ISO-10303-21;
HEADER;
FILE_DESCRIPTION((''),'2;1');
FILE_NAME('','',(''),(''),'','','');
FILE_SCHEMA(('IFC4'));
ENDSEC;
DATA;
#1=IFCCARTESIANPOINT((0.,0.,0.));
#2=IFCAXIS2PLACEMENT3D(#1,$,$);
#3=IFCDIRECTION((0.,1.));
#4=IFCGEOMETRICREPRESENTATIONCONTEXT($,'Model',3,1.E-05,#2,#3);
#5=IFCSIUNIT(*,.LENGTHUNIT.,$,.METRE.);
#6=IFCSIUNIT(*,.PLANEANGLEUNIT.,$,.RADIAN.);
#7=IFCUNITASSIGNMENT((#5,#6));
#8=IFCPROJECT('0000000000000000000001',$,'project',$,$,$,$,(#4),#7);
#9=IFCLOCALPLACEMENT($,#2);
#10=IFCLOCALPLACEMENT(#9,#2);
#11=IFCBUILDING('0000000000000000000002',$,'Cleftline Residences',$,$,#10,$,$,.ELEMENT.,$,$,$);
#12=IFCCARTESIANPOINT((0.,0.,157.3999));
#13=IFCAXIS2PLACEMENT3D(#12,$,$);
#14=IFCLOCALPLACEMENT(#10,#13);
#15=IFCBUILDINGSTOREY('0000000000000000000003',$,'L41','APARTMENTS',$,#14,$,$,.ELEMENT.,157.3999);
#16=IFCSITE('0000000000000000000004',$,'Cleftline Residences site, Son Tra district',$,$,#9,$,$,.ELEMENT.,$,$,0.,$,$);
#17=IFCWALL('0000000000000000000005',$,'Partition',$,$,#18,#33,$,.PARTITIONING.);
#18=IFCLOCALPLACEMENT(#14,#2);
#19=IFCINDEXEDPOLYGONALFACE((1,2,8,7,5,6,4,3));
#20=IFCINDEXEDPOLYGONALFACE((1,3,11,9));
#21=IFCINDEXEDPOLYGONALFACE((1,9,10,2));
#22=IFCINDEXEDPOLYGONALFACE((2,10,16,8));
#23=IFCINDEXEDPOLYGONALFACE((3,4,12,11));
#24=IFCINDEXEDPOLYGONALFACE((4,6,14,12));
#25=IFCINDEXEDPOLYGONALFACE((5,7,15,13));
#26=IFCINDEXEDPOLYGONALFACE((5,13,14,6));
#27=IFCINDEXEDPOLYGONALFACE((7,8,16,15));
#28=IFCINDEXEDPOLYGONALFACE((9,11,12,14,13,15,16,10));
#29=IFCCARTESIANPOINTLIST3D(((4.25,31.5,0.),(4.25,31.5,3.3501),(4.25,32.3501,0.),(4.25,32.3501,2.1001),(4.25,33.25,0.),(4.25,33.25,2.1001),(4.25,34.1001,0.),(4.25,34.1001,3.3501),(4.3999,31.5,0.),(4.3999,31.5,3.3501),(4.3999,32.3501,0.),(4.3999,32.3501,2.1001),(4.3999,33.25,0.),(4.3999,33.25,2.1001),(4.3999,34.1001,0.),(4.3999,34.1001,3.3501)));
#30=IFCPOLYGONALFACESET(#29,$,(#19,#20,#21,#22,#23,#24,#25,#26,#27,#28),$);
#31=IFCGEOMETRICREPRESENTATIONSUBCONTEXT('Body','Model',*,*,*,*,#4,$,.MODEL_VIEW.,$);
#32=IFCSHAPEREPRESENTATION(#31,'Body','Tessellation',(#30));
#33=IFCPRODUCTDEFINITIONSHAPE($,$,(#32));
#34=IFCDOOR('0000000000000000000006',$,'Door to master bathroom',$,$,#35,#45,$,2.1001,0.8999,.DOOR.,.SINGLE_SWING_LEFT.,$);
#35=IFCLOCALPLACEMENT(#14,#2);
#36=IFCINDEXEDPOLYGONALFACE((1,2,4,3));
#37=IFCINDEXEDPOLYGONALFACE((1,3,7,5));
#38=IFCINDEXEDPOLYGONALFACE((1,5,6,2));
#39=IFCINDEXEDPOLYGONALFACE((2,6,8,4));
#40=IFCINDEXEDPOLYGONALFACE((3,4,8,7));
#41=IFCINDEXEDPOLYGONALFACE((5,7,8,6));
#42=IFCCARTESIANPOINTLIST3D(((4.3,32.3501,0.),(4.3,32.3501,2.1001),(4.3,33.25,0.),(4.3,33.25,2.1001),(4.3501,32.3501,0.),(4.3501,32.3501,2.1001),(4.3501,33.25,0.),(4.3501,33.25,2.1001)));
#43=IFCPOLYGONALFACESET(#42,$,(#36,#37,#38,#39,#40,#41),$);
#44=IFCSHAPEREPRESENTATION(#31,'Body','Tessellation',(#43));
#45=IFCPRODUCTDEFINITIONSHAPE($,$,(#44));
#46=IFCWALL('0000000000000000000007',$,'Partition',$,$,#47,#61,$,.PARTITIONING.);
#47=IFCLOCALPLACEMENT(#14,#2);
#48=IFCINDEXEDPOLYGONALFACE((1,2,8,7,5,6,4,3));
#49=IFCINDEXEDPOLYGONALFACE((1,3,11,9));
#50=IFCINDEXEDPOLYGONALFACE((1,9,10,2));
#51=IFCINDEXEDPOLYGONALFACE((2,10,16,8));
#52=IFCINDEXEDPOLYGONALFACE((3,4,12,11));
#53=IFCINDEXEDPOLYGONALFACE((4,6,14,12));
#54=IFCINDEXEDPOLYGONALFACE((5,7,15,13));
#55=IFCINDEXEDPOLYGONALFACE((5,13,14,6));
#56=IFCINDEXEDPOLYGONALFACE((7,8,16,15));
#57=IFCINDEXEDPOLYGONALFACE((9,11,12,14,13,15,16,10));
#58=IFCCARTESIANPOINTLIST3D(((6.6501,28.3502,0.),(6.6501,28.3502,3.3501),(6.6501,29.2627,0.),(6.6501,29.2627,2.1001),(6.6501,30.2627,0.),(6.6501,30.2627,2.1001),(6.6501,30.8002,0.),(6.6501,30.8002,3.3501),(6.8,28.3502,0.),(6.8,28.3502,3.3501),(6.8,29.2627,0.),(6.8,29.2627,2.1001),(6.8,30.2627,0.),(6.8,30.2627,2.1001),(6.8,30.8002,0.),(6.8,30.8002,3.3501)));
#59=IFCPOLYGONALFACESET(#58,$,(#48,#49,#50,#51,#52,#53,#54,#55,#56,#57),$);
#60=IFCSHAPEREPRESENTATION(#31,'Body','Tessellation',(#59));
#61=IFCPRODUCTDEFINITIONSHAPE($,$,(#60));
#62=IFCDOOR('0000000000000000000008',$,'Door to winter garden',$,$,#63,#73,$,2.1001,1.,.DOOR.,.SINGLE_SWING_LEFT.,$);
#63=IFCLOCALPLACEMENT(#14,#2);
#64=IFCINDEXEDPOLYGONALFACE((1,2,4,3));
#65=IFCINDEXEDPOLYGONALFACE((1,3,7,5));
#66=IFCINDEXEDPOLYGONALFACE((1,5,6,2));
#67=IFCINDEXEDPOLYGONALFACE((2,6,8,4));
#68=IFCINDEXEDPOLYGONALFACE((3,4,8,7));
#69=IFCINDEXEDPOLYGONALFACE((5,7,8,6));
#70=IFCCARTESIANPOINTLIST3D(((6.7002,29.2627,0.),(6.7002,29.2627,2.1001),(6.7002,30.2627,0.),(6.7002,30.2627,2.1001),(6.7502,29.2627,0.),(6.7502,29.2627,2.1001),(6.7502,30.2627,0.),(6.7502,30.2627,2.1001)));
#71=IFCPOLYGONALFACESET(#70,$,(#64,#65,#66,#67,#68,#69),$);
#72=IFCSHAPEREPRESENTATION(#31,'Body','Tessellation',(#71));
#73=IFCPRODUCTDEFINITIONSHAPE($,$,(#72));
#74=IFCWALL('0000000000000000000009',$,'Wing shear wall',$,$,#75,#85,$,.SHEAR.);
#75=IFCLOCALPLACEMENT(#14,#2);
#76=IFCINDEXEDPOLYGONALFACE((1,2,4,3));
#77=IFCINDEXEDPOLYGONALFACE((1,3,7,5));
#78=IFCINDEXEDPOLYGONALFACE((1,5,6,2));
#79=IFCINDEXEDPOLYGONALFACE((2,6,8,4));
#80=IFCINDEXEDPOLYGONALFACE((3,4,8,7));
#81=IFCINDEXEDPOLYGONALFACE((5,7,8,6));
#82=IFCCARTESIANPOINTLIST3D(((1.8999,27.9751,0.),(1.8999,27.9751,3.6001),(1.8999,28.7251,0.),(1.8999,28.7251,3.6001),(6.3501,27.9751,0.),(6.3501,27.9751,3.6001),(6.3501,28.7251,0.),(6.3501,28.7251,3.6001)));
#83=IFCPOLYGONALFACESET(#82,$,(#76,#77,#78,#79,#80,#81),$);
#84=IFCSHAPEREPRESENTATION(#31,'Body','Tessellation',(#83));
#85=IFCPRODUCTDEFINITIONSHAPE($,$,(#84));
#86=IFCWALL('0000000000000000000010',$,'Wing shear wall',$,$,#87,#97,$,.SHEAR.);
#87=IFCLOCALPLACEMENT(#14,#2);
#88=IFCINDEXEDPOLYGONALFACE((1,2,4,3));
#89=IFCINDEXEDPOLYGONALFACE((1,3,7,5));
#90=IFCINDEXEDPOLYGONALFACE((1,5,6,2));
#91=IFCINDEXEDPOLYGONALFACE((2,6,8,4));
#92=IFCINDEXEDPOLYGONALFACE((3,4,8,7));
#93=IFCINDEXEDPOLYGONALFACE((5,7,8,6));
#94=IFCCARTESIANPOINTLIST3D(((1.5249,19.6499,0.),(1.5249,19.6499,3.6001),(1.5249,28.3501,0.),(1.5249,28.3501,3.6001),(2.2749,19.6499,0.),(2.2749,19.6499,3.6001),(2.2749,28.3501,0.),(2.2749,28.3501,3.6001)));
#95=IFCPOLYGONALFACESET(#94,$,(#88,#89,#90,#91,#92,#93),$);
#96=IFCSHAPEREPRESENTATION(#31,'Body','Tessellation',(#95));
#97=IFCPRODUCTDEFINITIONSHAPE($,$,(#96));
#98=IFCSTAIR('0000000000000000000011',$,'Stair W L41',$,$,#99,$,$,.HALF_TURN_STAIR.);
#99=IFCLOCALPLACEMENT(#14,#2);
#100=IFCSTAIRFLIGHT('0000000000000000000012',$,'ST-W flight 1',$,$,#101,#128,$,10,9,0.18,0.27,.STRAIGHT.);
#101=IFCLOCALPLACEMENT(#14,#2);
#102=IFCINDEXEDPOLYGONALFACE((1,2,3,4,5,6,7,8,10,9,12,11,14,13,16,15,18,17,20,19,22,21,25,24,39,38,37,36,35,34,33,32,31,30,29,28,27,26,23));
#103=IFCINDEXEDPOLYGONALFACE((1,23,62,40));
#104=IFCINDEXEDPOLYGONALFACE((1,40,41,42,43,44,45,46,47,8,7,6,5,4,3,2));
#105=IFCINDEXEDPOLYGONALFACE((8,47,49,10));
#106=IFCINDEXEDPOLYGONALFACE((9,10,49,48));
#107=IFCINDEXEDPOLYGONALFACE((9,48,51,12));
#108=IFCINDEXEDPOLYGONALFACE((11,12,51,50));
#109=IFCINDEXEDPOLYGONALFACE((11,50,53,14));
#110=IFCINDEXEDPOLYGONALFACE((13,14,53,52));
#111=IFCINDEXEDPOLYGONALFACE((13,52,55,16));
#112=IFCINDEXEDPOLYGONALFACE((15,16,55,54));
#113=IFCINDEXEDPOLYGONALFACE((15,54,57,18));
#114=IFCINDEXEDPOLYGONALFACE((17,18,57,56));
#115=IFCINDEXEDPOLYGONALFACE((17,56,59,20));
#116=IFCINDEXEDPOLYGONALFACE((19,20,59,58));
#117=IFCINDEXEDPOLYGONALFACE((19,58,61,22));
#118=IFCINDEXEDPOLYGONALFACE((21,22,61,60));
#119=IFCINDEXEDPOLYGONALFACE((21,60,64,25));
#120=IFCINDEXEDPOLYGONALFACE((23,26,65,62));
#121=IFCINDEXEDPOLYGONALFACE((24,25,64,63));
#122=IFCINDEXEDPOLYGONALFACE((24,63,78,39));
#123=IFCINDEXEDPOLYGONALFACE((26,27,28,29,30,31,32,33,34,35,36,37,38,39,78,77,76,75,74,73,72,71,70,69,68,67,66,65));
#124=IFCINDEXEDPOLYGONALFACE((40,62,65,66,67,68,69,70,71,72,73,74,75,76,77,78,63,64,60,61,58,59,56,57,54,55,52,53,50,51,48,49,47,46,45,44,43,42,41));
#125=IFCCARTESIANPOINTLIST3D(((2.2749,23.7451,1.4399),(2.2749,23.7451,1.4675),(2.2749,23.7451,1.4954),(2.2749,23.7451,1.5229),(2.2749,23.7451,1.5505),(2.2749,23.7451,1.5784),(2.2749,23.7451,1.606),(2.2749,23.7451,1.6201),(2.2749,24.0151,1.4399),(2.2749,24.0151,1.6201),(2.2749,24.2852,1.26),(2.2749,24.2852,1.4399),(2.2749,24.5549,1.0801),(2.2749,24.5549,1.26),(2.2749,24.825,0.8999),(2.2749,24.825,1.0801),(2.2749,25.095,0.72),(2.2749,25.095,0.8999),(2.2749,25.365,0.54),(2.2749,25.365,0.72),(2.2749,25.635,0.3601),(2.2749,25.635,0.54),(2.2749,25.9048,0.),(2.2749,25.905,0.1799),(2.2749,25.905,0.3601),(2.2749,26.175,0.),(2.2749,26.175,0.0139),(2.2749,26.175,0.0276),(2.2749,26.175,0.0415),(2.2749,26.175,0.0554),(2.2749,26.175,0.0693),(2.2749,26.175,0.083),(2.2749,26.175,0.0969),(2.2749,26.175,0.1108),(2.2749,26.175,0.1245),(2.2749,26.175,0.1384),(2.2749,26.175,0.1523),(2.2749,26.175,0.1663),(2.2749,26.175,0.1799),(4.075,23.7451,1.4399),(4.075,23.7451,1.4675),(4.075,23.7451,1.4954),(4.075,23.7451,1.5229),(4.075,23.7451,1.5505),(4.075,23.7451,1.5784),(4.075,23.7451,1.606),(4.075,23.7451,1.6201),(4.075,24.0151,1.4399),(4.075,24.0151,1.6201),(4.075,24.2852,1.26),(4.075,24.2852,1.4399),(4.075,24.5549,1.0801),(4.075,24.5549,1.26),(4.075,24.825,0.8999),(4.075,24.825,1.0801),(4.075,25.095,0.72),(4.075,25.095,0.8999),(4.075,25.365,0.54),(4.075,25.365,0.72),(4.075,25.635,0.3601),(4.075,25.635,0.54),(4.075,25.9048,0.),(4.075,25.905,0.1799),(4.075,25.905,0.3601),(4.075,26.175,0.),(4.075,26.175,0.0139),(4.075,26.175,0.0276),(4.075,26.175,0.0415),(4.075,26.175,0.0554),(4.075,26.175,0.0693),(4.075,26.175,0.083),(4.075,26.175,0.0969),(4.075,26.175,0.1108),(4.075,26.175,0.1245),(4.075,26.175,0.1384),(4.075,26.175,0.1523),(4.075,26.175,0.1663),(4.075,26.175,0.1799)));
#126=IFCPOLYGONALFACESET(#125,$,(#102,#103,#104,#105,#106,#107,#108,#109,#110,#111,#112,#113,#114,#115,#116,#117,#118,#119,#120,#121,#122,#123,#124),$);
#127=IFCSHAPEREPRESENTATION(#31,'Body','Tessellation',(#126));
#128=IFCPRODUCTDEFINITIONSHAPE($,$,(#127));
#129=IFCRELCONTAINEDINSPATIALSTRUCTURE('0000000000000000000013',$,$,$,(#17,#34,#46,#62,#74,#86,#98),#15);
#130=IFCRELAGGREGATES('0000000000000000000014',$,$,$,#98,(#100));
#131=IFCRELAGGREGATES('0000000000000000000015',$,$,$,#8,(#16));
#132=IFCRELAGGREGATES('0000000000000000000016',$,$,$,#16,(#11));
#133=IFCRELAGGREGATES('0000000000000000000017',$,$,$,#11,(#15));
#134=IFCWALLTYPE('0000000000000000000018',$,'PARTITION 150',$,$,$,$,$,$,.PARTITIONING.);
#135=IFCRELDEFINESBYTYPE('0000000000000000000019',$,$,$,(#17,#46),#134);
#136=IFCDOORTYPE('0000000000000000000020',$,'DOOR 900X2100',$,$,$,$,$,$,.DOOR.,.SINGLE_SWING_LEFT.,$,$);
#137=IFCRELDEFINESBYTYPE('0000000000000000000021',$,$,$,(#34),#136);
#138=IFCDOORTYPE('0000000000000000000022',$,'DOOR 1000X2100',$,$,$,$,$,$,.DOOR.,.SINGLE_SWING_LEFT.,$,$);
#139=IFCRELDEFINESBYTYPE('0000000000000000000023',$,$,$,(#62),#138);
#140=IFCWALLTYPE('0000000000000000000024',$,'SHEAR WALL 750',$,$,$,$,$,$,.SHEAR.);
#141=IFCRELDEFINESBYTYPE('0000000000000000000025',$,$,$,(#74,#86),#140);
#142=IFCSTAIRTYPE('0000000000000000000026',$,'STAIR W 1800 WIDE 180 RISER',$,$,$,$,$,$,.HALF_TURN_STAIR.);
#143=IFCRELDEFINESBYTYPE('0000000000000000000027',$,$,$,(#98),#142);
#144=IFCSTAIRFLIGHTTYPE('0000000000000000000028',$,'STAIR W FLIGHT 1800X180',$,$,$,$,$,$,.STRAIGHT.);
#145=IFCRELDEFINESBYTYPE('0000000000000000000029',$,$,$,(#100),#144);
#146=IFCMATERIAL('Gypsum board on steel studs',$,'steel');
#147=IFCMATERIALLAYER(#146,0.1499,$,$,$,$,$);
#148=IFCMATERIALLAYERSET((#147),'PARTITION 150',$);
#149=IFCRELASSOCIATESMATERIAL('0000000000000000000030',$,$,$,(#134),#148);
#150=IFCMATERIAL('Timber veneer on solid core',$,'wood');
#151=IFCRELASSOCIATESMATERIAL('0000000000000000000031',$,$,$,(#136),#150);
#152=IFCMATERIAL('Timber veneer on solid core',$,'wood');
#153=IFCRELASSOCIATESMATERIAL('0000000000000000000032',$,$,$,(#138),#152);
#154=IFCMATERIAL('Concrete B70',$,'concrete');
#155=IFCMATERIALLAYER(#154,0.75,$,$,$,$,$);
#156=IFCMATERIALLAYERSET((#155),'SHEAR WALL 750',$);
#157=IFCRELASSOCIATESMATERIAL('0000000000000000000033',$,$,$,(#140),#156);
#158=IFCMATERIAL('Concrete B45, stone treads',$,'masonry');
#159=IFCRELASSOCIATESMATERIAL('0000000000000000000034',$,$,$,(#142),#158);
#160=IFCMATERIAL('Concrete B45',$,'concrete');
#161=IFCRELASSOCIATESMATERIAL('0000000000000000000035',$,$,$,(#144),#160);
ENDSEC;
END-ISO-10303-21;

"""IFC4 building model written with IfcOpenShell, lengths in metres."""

from ifc_helpers import new_model, si_unit, direction, frame, frame_2d, origin, place, context, subcontext, project, spatial, polyline, rectangle, outline, extrude, material, layer, layer_set, type_object, element, fill, aggregate, save


model = new_model("IFC4")

# Units and contexts
model_context = context("Model", 3, precision=1e-05, world=origin(), true_north=direction((0.0, 1.0)))
body_context = subcontext(model_context, "Body", "Model", "MODEL_VIEW")
ifc_project = project(units=[si_unit("LENGTHUNIT", "METRE"), si_unit("PLANEANGLEUNIT", "RADIAN")], contexts=[model_context])

# Site, building, storey
site_placement = place(None, origin())
site = spatial("IfcSite", under=ifc_project, at=site_placement, Name="Cleftline Residences site, Son Tra district", CompositionType="ELEMENT", RefElevation=0.0)
building_placement = place(site_placement, origin())
building = spatial("IfcBuilding", under=site, at=building_placement, Name="Cleftline Residences", CompositionType="ELEMENT")
storey_placement = place(building_placement, frame((0.0, 0.0, 157.3999)))
storey = spatial("IfcBuildingStorey", under=building, at=storey_placement, Name="L41", Description="APARTMENTS", CompositionType="ELEMENT", Elevation=157.3999)

# Shared definitions
ifc_material_1 = material(Name="Gypsum board on steel studs", Category="steel")
ifc_layer_1 = layer(ifc_material_1, 0.1499)
ifc_layer_set_1 = layer_set([ifc_layer_1], Name="PARTITION 150")
wall_type_1 = type_object("IfcWallType", Name="PARTITION 150", PredefinedType="PARTITIONING", material=ifc_layer_set_1)

# Walls, openings, doors
wall_1_placement = place(storey_placement, frame((4.325, 31.5, 0.0), z_axis=(0.0, 0.0, 1.0), x_axis=(0.0, 1.0, 0.0)))
wall_1 = element("IfcWall", 1, at=wall_1_placement, inside=storey, type_object=wall_type_1, Name="Partition", PredefinedType="PARTITIONING", context=body_context, shape_type="SweptSolid", body=[
    extrude(rectangle(XDim=2.6001, YDim=0.1499, at=frame_2d((1.3, 0.0))), origin(), (0.0, 0.0, 1.0), 3.3501),
])
opening_1_placement = place(wall_1_placement, frame((0.8501, 0.0, 0.0)))
opening_1 = element("IfcOpeningElement", 2, at=opening_1_placement, cuts=wall_1, PredefinedType="OPENING", context=body_context, shape_type="SweptSolid", body=[
    extrude(rectangle(XDim=0.8999, YDim=2.1001, at=frame_2d((0.45, 1.05))), frame((0.0, 0.085, 0.0), z_axis=(0.0, -1.0, 0.0), x_axis=(1.0, 0.0, 0.0)), (0.0, 0.0, 1.0), 0.1699),
])
ifc_material_2 = material(Name="Timber veneer on solid core", Category="wood")
door_type_1 = type_object("IfcDoorType", Name="DOOR 900X2100", OperationType="SINGLE_SWING_LEFT", PredefinedType="DOOR", material=ifc_material_2)
door_1_placement = place(opening_1_placement, origin())
door_1 = element("IfcDoor", 3, at=door_1_placement, inside=storey, type_object=door_type_1, Name="Door to master bathroom", OperationType="SINGLE_SWING_LEFT", OverallHeight=2.1001, OverallWidth=0.8999, PredefinedType="DOOR", context=body_context, shape_type="SweptSolid", body=[
    extrude(rectangle(XDim=0.8999, YDim=2.1001, at=frame_2d((0.45, 1.05))), frame((0.0, 0.0249, 0.0), z_axis=(0.0, -1.0, 0.0), x_axis=(1.0, 0.0, 0.0)), (0.0, 0.0, 1.0), 0.05),
])
fill(opening_1, door_1)
wall_2_placement = place(storey_placement, frame((6.7251, 28.3501, 0.0), z_axis=(0.0, 0.0, 1.0), x_axis=(0.0, 1.0, 0.0)))
wall_2 = element("IfcWall", 4, at=wall_2_placement, inside=storey, type_object=wall_type_1, Name="Partition", PredefinedType="PARTITIONING", context=body_context, shape_type="SweptSolid", body=[
    extrude(rectangle(XDim=2.45, YDim=0.1499, at=frame_2d((1.2251, 0.0))), origin(), (0.0, 0.0, 1.0), 3.3501),
])
opening_2_placement = place(wall_2_placement, frame((0.9126, 0.0, 0.0)))
opening_2 = element("IfcOpeningElement", 5, at=opening_2_placement, cuts=wall_2, PredefinedType="OPENING", context=body_context, shape_type="SweptSolid", body=[
    extrude(rectangle(XDim=1.0, YDim=2.1001, at=frame_2d((0.5, 1.05))), frame((0.0, 0.085, 0.0), z_axis=(0.0, -1.0, 0.0), x_axis=(1.0, 0.0, 0.0)), (0.0, 0.0, 1.0), 0.1699),
])
ifc_material_3 = material(Name="Timber veneer on solid core", Category="wood")
door_type_2 = type_object("IfcDoorType", Name="DOOR 1000X2100", OperationType="SINGLE_SWING_LEFT", PredefinedType="DOOR", material=ifc_material_3)
door_2_placement = place(opening_2_placement, origin())
door_2 = element("IfcDoor", 6, at=door_2_placement, inside=storey, type_object=door_type_2, Name="Door to winter garden", OperationType="SINGLE_SWING_LEFT", OverallHeight=2.1001, OverallWidth=1.0, PredefinedType="DOOR", context=body_context, shape_type="SweptSolid", body=[
    extrude(rectangle(XDim=1.0, YDim=2.1001, at=frame_2d((0.5, 1.05))), frame((0.0, 0.0249, 0.0), z_axis=(0.0, -1.0, 0.0), x_axis=(1.0, 0.0, 0.0)), (0.0, 0.0, 1.0), 0.05),
])
fill(opening_2, door_2)

# Walls
ifc_material_4 = material(Name="Concrete B70", Category="concrete")
ifc_layer_2 = layer(ifc_material_4, 0.75)
ifc_layer_set_2 = layer_set([ifc_layer_2], Name="SHEAR WALL 750")
wall_type_2 = type_object("IfcWallType", Name="SHEAR WALL 750", PredefinedType="SHEAR", material=ifc_layer_set_2)
wall_3_placement = place(storey_placement, frame((6.3501, 28.3501, 0.0), z_axis=(0.0, 0.0, 1.0), x_axis=(-1.0, 0.0, 0.0)))
element("IfcWall", 7, at=wall_3_placement, inside=storey, type_object=wall_type_2, Name="Wing shear wall", PredefinedType="SHEAR", context=body_context, shape_type="SweptSolid", body=[
    extrude(rectangle(XDim=4.4502, YDim=0.75, at=frame_2d((2.2251, 0.0))), origin(), (0.0, 0.0, 1.0), 3.6001),
])
wall_4_placement = place(storey_placement, frame((1.8999, 28.3501, 0.0), z_axis=(0.0, 0.0, 1.0), x_axis=(0.0, -1.0, 0.0)))
element("IfcWall", 8, at=wall_4_placement, inside=storey, type_object=wall_type_2, Name="Wing shear wall", PredefinedType="SHEAR", context=body_context, shape_type="SweptSolid", body=[
    extrude(rectangle(XDim=8.7002, YDim=0.75, at=frame_2d((4.3501, 0.0))), origin(), (0.0, 0.0, 1.0), 3.6001),
])

# Stair, stair flight
ifc_material_5 = material(Name="Concrete B45, stone treads", Category="masonry")
stair_type = type_object("IfcStairType", Name="STAIR W 1800 WIDE 180 RISER", PredefinedType="HALF_TURN_STAIR", material=ifc_material_5)
stair_placement = place(storey_placement, origin())
stair = element("IfcStair", 9, at=stair_placement, inside=storey, type_object=stair_type, Name="Stair W L41", PredefinedType="HALF_TURN_STAIR")
ifc_material_6 = material(Name="Concrete B45", Category="concrete")
stair_flight_type = type_object("IfcStairFlightType", Name="STAIR W FLIGHT 1800X180", PredefinedType="STRAIGHT", material=ifc_material_6)
stair_flight_1_placement = place(storey_placement, frame((3.175, 26.175, 0.0), z_axis=(0.0, 0.0, 1.0), x_axis=(0.0, -1.0, 0.0)))
stair_flight_1 = element("IfcStairFlight", 10, at=stair_flight_1_placement, type_object=stair_flight_type, Name="ST-W flight 1", NumberOfRisers=10, NumberOfTreads=9, PredefinedType="STRAIGHT", RiserHeight=0.18, TreadLength=0.27, context=body_context, shape_type="SweptSolid", body=[
    extrude(outline(polyline([(0.0, 0.0), (0.0, 0.0139), (0.0, 0.0276), (0.0, 0.0415), (0.0, 0.0554), (0.0, 0.0693), (0.0, 0.083), (0.0, 0.0969), (0.0, 0.1108), (0.0, 0.1245), (0.0, 0.1384), (0.0, 0.1523), (0.0, 0.1663), (0.0, 0.1799), (0.27, 0.1799), (0.27, 0.3601), (0.54, 0.3601), (0.54, 0.54), (0.8101, 0.54), (0.8101, 0.72), (1.0801, 0.72), (1.0801, 0.8999), (1.3501, 0.8999), (1.3501, 1.0801), (1.6201, 1.0801), (1.6201, 1.26), (1.8899, 1.26), (1.8899, 1.4399), (2.1599, 1.4399), (2.1599, 1.6201), (2.4299, 1.6201), (2.4299, 1.8), (2.4299, 1.7722), (2.4299, 1.7446), (2.4299, 1.7168), (2.4299, 1.6892), (2.4299, 1.6614), (2.4299, 1.6338), (2.4299, 1.606), (2.4299, 1.5784), (2.4299, 1.5505), (2.4299, 1.5229), (2.4299, 1.4954), (2.4299, 1.4675), (2.4299, 1.4399), (0.2703, 0.0), (0.0, 0.0)])), frame((0.0, 0.8999, 0.0), z_axis=(0.0, -1.0, 0.0), x_axis=(1.0, 0.0, 0.0)), (0.0, 0.0, 1.0), 1.8),
])
aggregate(stair, [stair_flight_1])

save(model, "model.ifc")
